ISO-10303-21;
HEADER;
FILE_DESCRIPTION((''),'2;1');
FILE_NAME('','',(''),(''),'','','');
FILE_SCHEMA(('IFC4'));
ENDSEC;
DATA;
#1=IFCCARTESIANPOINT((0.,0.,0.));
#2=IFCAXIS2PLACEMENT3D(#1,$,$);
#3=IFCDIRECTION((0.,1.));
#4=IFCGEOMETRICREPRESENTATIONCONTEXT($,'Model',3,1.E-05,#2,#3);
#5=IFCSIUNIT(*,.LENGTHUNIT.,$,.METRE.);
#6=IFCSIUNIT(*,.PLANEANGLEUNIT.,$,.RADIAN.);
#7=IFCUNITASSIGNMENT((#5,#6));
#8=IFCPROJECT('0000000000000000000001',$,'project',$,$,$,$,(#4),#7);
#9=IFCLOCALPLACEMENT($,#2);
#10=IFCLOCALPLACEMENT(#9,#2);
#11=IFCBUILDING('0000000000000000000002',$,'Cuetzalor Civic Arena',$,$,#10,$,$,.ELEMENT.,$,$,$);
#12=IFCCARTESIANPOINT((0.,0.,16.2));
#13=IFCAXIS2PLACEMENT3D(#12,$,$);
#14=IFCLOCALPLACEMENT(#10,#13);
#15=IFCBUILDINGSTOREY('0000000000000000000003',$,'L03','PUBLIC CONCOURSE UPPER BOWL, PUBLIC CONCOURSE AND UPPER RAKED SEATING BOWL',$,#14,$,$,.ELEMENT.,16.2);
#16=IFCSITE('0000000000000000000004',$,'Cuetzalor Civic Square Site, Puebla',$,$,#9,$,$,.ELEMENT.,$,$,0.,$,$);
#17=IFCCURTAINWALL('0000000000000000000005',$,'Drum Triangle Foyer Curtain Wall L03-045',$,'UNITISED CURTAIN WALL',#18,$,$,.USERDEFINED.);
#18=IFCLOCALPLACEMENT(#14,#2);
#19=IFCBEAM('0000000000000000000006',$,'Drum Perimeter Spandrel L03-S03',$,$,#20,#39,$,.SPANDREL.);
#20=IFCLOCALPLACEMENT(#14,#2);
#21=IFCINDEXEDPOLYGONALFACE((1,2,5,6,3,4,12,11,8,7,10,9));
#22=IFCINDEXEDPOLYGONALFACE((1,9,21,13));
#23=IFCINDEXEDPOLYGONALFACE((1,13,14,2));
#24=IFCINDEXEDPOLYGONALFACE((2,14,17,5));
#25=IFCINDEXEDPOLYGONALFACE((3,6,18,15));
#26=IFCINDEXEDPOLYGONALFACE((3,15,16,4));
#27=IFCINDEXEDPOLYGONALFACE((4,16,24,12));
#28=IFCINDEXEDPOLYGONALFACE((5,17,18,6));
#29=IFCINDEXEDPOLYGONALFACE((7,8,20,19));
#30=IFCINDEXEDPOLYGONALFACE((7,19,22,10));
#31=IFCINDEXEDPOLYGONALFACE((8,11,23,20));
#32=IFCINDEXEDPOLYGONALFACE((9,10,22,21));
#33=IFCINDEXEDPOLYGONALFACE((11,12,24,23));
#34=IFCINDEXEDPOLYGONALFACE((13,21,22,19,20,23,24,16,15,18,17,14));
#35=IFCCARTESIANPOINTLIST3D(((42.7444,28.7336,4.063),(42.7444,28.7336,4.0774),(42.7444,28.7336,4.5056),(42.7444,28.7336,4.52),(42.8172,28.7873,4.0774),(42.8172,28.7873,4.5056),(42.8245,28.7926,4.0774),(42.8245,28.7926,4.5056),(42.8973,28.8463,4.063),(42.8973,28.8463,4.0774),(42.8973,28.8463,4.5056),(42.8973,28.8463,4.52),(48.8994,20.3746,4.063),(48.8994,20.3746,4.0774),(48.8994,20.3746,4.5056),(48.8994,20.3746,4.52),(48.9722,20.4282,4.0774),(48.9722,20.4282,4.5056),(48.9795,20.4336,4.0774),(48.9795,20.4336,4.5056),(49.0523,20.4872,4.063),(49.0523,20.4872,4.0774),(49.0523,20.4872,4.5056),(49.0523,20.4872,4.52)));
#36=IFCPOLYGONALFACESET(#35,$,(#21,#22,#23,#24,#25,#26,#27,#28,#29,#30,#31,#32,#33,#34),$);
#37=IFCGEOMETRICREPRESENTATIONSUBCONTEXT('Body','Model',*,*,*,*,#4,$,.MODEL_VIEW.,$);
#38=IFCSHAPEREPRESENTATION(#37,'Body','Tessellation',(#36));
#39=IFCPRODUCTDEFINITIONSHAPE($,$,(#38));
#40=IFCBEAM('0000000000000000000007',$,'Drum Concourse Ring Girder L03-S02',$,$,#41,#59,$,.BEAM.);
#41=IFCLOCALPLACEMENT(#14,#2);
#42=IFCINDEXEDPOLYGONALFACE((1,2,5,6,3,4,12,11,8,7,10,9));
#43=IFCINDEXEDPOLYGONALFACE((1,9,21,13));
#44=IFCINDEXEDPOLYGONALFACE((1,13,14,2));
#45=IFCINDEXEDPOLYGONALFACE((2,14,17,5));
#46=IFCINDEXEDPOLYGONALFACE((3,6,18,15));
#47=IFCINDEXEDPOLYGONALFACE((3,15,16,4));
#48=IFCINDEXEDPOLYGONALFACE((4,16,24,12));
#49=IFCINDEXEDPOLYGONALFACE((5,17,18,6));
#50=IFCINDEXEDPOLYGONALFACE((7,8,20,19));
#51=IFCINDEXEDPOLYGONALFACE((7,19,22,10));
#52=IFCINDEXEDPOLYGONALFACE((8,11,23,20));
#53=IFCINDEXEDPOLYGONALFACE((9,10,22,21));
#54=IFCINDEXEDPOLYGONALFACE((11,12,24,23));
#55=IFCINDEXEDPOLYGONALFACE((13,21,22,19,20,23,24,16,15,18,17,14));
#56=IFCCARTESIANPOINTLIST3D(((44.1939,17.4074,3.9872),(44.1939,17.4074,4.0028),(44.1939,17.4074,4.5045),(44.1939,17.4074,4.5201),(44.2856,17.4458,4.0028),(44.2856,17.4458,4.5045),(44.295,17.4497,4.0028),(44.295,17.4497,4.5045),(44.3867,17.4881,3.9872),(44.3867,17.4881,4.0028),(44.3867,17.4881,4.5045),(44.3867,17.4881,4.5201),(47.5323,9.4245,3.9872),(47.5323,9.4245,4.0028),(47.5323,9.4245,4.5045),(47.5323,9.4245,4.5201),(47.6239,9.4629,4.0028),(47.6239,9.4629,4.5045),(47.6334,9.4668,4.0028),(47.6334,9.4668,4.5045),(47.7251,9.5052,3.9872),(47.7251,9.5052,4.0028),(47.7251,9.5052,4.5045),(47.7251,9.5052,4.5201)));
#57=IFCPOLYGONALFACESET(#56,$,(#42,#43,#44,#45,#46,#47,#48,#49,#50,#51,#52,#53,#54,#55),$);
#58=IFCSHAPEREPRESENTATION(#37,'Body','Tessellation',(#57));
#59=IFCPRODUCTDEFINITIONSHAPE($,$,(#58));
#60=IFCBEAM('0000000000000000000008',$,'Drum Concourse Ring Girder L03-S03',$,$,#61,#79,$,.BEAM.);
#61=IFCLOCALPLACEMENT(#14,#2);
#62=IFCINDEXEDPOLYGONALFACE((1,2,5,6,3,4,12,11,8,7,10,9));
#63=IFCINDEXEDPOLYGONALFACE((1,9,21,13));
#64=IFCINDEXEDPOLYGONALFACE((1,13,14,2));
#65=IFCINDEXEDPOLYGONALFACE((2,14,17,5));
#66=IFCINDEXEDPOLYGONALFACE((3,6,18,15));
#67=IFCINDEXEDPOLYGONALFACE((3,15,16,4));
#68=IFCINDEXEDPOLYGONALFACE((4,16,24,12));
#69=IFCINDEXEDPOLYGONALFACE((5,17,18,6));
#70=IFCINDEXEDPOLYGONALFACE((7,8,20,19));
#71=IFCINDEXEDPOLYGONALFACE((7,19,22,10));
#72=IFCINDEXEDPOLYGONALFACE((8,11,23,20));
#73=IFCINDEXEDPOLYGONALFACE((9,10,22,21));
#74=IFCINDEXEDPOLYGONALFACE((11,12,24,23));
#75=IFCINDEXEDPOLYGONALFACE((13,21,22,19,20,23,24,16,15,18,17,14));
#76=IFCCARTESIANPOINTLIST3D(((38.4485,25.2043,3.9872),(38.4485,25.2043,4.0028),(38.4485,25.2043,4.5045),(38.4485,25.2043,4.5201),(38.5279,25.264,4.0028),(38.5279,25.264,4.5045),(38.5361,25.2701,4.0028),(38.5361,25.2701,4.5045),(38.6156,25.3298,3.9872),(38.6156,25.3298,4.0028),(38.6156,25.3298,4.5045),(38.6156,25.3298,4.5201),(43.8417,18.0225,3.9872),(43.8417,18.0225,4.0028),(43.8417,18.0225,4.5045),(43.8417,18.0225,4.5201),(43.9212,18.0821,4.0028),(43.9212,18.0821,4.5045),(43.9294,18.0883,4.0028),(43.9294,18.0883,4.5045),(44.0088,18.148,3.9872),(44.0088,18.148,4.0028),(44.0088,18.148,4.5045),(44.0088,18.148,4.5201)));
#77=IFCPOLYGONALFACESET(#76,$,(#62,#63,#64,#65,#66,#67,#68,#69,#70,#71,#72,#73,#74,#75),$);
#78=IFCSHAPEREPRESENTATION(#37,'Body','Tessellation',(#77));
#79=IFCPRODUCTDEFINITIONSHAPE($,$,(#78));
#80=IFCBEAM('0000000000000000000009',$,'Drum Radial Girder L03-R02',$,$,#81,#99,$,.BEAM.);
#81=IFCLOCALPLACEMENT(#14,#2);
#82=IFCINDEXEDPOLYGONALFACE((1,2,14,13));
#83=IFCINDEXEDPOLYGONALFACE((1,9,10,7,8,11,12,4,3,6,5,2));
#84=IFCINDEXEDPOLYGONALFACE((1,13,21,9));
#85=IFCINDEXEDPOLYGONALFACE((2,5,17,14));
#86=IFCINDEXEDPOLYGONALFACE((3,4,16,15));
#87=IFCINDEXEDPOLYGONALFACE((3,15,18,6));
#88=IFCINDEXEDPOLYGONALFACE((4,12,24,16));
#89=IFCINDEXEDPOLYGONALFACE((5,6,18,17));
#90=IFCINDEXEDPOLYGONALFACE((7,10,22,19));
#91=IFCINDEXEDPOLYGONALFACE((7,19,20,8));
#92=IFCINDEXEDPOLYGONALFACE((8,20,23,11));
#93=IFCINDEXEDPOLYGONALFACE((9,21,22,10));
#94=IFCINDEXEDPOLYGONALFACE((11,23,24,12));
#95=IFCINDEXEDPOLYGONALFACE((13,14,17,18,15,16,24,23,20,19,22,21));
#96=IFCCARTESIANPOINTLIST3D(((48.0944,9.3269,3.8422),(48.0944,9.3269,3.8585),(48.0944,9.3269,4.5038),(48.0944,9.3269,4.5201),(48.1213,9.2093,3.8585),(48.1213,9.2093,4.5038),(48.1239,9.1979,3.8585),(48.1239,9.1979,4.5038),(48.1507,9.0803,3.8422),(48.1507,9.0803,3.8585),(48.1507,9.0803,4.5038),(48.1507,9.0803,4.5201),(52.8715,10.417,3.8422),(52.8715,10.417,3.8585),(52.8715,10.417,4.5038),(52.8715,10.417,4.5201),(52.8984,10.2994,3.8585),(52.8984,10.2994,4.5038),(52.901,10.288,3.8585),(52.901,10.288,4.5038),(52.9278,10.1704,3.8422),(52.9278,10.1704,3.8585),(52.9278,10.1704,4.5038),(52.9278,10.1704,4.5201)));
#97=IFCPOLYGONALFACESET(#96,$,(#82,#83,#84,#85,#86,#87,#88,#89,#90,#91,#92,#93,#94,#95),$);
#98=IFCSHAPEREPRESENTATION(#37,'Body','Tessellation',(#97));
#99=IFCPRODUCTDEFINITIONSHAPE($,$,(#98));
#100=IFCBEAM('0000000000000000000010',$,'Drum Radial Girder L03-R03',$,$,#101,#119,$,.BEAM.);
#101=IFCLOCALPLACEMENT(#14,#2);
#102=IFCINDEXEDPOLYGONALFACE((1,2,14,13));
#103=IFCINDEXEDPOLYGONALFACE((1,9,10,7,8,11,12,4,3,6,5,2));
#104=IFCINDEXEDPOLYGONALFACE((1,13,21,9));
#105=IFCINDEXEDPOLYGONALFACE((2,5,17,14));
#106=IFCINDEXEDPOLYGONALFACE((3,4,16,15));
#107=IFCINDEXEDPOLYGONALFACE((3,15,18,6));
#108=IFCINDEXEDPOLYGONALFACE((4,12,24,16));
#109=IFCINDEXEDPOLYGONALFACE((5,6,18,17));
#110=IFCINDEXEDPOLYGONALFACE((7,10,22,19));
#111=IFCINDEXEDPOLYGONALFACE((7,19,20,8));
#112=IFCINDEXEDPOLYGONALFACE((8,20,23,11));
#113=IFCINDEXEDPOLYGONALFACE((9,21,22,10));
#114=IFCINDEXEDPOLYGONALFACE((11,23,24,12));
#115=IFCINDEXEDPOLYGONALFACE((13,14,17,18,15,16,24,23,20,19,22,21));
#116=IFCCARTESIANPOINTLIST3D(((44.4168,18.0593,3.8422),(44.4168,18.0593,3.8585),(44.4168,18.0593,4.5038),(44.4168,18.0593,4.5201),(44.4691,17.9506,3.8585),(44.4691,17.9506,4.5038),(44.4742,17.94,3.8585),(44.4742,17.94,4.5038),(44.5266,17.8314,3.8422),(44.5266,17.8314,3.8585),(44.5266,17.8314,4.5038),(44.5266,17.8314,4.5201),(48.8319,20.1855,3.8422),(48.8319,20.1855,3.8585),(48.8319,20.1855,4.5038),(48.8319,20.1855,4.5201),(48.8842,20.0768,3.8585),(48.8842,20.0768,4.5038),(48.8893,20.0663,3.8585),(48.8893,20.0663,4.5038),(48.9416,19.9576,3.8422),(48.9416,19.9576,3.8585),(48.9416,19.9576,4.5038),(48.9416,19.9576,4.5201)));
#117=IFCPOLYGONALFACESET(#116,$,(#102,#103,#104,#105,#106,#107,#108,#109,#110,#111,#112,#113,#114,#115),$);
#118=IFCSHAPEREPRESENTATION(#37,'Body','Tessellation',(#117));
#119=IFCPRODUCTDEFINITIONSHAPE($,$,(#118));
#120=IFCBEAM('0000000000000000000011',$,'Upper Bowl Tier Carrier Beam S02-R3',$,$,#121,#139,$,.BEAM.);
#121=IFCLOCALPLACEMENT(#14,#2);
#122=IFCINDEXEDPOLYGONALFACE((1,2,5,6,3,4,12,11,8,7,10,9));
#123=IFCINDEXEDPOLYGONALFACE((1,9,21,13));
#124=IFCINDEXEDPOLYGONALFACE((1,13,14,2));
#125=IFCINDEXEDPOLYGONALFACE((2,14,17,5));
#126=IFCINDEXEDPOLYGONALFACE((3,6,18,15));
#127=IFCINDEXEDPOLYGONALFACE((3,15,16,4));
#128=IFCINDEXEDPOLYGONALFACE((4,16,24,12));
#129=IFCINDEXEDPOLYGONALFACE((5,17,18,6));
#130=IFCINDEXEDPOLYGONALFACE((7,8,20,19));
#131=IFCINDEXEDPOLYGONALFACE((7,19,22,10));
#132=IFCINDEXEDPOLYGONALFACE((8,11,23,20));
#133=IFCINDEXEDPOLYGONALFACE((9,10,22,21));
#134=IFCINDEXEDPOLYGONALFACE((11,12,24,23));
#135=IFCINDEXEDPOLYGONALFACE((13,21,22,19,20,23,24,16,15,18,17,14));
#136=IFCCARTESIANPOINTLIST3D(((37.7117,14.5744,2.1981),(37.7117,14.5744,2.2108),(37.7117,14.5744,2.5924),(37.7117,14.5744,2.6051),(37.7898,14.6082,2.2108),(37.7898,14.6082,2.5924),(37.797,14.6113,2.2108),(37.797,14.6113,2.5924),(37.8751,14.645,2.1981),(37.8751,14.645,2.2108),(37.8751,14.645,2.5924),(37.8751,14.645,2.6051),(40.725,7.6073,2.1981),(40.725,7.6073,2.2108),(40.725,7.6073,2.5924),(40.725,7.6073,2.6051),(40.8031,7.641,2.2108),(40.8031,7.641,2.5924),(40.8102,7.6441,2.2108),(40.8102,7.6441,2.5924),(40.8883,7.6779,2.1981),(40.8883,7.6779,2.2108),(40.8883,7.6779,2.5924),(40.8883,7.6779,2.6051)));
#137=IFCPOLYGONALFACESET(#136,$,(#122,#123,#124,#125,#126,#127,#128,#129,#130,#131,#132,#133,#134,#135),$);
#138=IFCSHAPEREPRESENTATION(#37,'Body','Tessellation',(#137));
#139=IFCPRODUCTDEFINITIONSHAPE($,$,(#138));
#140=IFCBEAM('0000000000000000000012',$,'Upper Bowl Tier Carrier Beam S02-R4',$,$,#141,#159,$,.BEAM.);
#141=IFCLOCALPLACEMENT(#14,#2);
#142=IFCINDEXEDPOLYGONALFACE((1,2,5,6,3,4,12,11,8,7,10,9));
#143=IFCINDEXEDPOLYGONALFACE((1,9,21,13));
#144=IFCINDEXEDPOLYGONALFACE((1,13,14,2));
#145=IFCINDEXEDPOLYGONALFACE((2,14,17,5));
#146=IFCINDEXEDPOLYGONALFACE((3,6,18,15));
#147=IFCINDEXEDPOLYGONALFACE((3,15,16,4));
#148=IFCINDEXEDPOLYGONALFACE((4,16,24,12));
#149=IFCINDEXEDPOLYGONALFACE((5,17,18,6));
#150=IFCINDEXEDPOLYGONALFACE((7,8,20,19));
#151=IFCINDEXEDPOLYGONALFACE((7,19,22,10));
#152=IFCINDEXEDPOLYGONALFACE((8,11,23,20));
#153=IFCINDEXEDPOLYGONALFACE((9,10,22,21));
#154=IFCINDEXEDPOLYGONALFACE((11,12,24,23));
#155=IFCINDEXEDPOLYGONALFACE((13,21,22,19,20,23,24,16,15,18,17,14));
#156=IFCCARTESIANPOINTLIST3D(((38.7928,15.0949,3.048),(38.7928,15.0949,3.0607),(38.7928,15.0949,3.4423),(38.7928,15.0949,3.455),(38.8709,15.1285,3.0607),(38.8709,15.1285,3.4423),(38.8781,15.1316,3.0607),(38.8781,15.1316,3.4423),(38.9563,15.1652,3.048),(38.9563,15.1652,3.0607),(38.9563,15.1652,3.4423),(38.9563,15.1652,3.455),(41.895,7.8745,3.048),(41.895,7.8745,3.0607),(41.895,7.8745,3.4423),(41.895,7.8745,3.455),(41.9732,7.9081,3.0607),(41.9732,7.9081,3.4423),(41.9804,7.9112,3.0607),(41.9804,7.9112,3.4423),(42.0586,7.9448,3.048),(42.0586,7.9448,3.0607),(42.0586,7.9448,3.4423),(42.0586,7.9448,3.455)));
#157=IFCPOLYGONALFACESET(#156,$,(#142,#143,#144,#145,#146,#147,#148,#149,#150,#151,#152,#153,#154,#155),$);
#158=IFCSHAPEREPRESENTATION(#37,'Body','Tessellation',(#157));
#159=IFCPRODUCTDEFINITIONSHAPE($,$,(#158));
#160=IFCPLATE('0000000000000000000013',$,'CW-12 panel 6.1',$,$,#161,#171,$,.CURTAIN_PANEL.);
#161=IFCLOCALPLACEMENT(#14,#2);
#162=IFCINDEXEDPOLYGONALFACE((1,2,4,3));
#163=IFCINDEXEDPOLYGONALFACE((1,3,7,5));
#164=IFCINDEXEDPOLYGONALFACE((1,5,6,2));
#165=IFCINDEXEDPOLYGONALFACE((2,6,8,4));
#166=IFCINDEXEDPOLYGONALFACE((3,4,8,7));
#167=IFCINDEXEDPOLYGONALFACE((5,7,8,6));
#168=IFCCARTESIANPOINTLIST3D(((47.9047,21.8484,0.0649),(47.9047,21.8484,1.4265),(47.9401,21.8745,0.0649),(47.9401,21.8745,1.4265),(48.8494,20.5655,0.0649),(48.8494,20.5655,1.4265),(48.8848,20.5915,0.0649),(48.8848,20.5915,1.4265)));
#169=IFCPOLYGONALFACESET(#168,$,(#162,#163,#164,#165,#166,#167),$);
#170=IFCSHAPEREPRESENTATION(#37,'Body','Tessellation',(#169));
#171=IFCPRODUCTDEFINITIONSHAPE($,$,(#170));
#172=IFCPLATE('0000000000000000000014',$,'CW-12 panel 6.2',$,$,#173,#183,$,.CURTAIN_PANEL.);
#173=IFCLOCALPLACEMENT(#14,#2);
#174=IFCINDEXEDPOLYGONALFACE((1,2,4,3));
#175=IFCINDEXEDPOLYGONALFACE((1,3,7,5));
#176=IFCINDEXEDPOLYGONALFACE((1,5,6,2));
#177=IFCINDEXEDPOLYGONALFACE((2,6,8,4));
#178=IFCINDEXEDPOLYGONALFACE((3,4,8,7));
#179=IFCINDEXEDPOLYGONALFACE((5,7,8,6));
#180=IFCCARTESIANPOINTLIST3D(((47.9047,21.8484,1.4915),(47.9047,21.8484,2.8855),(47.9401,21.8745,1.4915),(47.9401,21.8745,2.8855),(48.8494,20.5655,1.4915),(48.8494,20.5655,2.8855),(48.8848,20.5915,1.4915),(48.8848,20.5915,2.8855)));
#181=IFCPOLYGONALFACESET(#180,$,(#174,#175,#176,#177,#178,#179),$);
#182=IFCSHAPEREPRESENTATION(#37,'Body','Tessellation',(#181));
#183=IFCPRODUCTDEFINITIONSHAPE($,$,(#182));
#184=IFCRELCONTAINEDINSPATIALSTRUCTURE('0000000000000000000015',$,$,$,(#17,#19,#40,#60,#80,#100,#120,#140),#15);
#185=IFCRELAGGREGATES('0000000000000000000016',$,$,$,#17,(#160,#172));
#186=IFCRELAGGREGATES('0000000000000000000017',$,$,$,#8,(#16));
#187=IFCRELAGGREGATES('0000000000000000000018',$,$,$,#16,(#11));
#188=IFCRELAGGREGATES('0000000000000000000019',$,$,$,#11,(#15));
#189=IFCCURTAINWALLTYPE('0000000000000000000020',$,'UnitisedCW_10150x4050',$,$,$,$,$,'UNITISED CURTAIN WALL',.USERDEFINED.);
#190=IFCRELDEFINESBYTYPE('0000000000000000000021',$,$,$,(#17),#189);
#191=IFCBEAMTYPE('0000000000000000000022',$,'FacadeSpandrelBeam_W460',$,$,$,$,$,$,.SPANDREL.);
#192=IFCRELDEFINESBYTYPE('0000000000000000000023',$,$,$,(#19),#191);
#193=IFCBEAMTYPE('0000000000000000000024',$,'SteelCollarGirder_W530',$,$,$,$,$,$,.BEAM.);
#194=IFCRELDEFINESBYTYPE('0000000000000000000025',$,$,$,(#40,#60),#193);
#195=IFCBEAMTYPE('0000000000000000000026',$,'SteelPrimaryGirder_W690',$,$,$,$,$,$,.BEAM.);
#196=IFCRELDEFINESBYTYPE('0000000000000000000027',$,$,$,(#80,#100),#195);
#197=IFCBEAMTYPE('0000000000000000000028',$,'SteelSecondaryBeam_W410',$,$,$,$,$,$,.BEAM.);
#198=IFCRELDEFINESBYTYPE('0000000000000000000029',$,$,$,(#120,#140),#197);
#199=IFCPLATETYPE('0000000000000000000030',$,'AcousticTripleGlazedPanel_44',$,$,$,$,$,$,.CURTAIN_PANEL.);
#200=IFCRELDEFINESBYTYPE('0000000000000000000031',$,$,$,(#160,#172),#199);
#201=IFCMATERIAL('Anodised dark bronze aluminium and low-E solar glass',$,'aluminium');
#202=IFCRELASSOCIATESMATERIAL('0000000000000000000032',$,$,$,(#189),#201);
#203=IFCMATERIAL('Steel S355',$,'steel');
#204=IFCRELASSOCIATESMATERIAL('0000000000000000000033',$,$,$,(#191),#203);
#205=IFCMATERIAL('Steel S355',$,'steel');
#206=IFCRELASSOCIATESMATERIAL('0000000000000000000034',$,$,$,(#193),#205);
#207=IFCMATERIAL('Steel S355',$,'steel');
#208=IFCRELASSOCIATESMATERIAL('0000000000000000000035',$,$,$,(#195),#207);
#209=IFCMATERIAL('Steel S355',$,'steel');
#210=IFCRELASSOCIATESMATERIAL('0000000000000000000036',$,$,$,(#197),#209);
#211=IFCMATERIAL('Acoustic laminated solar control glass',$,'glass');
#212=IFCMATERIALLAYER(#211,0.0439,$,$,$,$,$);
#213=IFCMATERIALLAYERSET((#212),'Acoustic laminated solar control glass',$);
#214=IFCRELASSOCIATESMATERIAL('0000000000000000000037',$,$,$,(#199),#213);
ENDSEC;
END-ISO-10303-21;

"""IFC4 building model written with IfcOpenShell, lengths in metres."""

from ifc_helpers import new_model, si_unit, direction, frame, origin, origin_2d, place, context, subcontext, project, spatial, rectangle, i_section, extrude, material, layer, layer_set, material_profile, profile_set, type_object, element, aggregate, save


model = new_model("IFC4")

# Units and contexts
model_context = context("Model", 3, precision=1e-05, world=origin(), true_north=direction((0.0, 1.0)))
body_context = subcontext(model_context, "Body", "Model", "MODEL_VIEW")
ifc_project = project(units=[si_unit("LENGTHUNIT", "METRE"), si_unit("PLANEANGLEUNIT", "RADIAN")], contexts=[model_context])

# Site, building, storey
site_placement = place(None, origin())
site = spatial("IfcSite", under=ifc_project, at=site_placement, Name="Cuetzalor Civic Square Site, Puebla", CompositionType="ELEMENT", RefElevation=0.0)
building_placement = place(site_placement, origin())
building = spatial("IfcBuilding", under=site, at=building_placement, Name="Cuetzalor Civic Arena", CompositionType="ELEMENT")
storey_placement = place(building_placement, frame((0.0, 0.0, 16.2)))
storey = spatial("IfcBuildingStorey", under=building, at=storey_placement, Name="L03", Description="PUBLIC CONCOURSE UPPER BOWL, PUBLIC CONCOURSE AND UPPER RAKED SEATING BOWL", CompositionType="ELEMENT", Elevation=16.2)

# Curtain wall
ifc_material_1 = material(Name="Anodised dark bronze aluminium and low-E solar glass", Category="aluminium")
curtain_wall_type = type_object("IfcCurtainWallType", Name="UnitisedCW_10150x4050", ElementType="UNITISED CURTAIN WALL", PredefinedType="USERDEFINED", material=ifc_material_1)
curtain_wall_placement = place(storey_placement, origin())
curtain_wall = element("IfcCurtainWall", 1, at=curtain_wall_placement, inside=storey, type_object=curtain_wall_type, Name="Drum Triangle Foyer Curtain Wall L03-045", ObjectType="UNITISED CURTAIN WALL", PredefinedType="USERDEFINED")

# Beams
ifc_material_2 = material(Name="Steel S355", Category="steel")
ifc_material_profile_1 = material_profile(ifc_material_2, i_section(OverallWidth=0.1899, OverallDepth=0.457, WebThickness=0.009, FlangeThickness=0.0144, at=origin_2d()), Name="W460x74")
ifc_profile_set_1 = profile_set([ifc_material_profile_1], Name="Steel S355")
beam_type_1 = type_object("IfcBeamType", Name="FacadeSpandrelBeam_W460", PredefinedType="SPANDREL", material=ifc_profile_set_1)
beam_1_placement = place(storey_placement, frame((48.9758, 20.4309, 4.2915), z_axis=(-0.592929, 0.805255, 0.0), x_axis=(-0.805255, -0.592929, 0.0)))
element("IfcBeam", 2, at=beam_1_placement, inside=storey, type_object=beam_type_1, Name="Drum Perimeter Spandrel L03-S03", PredefinedType="SPANDREL", context=body_context, shape_type="SweptSolid", body=[
    extrude(i_section(OverallWidth=0.1899, OverallDepth=0.457, WebThickness=0.009, FlangeThickness=0.0144, at=origin_2d()), origin(), (0.0, 0.0, 1.0), 10.3806),
])
ifc_material_3 = material(Name="Steel S355", Category="steel")
ifc_material_profile_2 = material_profile(ifc_material_3, i_section(OverallWidth=0.209, OverallDepth=0.533, WebThickness=0.0103, FlangeThickness=0.0156, at=origin_2d()), Name="W530x92")
ifc_profile_set_2 = profile_set([ifc_material_profile_2], Name="Steel S355")
beam_type_2 = type_object("IfcBeamType", Name="SteelCollarGirder_W530", PredefinedType="BEAM", material=ifc_profile_set_2)
beam_2_placement = place(storey_placement, frame((47.6287, 9.4648, 4.2537), z_axis=(-0.385813, 0.922577, 0.0), x_axis=(-0.922577, -0.385813, 0.0)))
element("IfcBeam", 3, at=beam_2_placement, inside=storey, type_object=beam_type_2, Name="Drum Concourse Ring Girder L03-S02", PredefinedType="BEAM", context=body_context, shape_type="SweptSolid", body=[
    extrude(i_section(OverallWidth=0.209, OverallDepth=0.533, WebThickness=0.0103, FlangeThickness=0.0156, at=origin_2d()), origin(), (0.0, 0.0, 1.0), 8.6528),
])
beam_3_placement = place(storey_placement, frame((43.9253, 18.0852, 4.2537), z_axis=(-0.600491, 0.799631, 0.0), x_axis=(-0.799631, -0.600491, 0.0)))
element("IfcBeam", 4, at=beam_3_placement, inside=storey, type_object=beam_type_2, Name="Drum Concourse Ring Girder L03-S03", PredefinedType="BEAM", context=body_context, shape_type="SweptSolid", body=[
    extrude(i_section(OverallWidth=0.209, OverallDepth=0.533, WebThickness=0.0103, FlangeThickness=0.0156, at=origin_2d()), origin(), (0.0, 0.0, 1.0), 8.9814),
])
ifc_material_4 = material(Name="Steel S355", Category="steel")
ifc_material_profile_3 = material_profile(ifc_material_4, i_section(OverallWidth=0.2529, OverallDepth=0.678, WebThickness=0.0117, FlangeThickness=0.0164, at=origin_2d()), Name="W690x125")
ifc_profile_set_3 = profile_set([ifc_material_profile_3], Name="Steel S355")
beam_type_3 = type_object("IfcBeamType", Name="SteelPrimaryGirder_W690", PredefinedType="BEAM", material=ifc_profile_set_3)
beam_4_placement = place(storey_placement, frame((48.1226, 9.2036, 4.1812), z_axis=(0.974939, 0.222472, 0.0), x_axis=(-0.222472, 0.974939, 0.0)))
element("IfcBeam", 5, at=beam_4_placement, inside=storey, type_object=beam_type_3, Name="Drum Radial Girder L03-R02", PredefinedType="BEAM", context=body_context, shape_type="SweptSolid", body=[
    extrude(i_section(OverallWidth=0.2529, OverallDepth=0.678, WebThickness=0.0117, FlangeThickness=0.0164, at=origin_2d()), origin(), (0.0, 0.0, 1.0), 4.8999),
])
beam_5_placement = place(storey_placement, frame((44.4717, 17.9453, 4.1812), z_axis=(0.900965, 0.433892, 0.0), x_axis=(-0.433892, 0.900965, 0.0)))
element("IfcBeam", 6, at=beam_5_placement, inside=storey, type_object=beam_type_3, Name="Drum Radial Girder L03-R03", PredefinedType="BEAM", context=body_context, shape_type="SweptSolid", body=[
    extrude(i_section(OverallWidth=0.2529, OverallDepth=0.678, WebThickness=0.0117, FlangeThickness=0.0164, at=origin_2d()), origin(), (0.0, 0.0, 1.0), 4.9004),
])
ifc_material_5 = material(Name="Steel S355", Category="steel")
ifc_material_profile_4 = material_profile(ifc_material_5, i_section(OverallWidth=0.178, OverallDepth=0.407, WebThickness=0.0078, FlangeThickness=0.0127, at=origin_2d()), Name="W410x60")
ifc_profile_set_4 = profile_set([ifc_material_profile_4], Name="Steel S355")
beam_type_4 = type_object("IfcBeamType", Name="SteelSecondaryBeam_W410", PredefinedType="BEAM", material=ifc_profile_set_4)
beam_6_placement = place(storey_placement, frame((40.8066, 7.6426, 2.4016), z_axis=(-0.396957, 0.917837, 0.0), x_axis=(-0.917837, -0.396957, 0.0)))
element("IfcBeam", 7, at=beam_6_placement, inside=storey, type_object=beam_type_4, Name="Upper Bowl Tier Carrier Beam S02-R3", PredefinedType="BEAM", context=body_context, shape_type="SweptSolid", body=[
    extrude(i_section(OverallWidth=0.178, OverallDepth=0.407, WebThickness=0.0078, FlangeThickness=0.0127, at=origin_2d()), origin(), (0.0, 0.0, 1.0), 7.5908),
])
beam_7_placement = place(storey_placement, frame((41.9768, 7.9097, 3.2515), z_axis=(-0.394759, 0.918785, 0.0), x_axis=(-0.918785, -0.394759, 0.0)))
element("IfcBeam", 8, at=beam_7_placement, inside=storey, type_object=beam_type_4, Name="Upper Bowl Tier Carrier Beam S02-R4", PredefinedType="BEAM", context=body_context, shape_type="SweptSolid", body=[
    extrude(i_section(OverallWidth=0.178, OverallDepth=0.407, WebThickness=0.0078, FlangeThickness=0.0127, at=origin_2d()), origin(), (0.0, 0.0, 1.0), 7.8586),
])

# Plates
ifc_material_6 = material(Name="Acoustic laminated solar control glass", Category="glass")
ifc_layer_1 = layer(ifc_material_6, 0.0439)
ifc_layer_set_1 = layer_set([ifc_layer_1], Name="Acoustic laminated solar control glass")
plate_type = type_object("IfcPlateType", Name="AcousticTripleGlazedPanel_44", PredefinedType="CURTAIN_PANEL", material=ifc_layer_set_1)
plate_1_placement = place(storey_placement, frame((48.3948, 21.22, 0.0649), z_axis=(0.0, 0.0, 1.0), x_axis=(0.592929, -0.805255, 0.0)))
plate_1 = element("IfcPlate", 9, at=plate_1_placement, type_object=plate_type, Name="CW-12 panel 6.1", PredefinedType="CURTAIN_PANEL", context=body_context, shape_type="SweptSolid", body=[
    extrude(rectangle(XDim=1.5933, YDim=0.0439, at=origin_2d()), origin(), (0.0, 0.0, 1.0), 1.3616),
])
plate_2_placement = place(storey_placement, frame((48.3948, 21.22, 1.4915), z_axis=(0.0, 0.0, 1.0), x_axis=(0.592929, -0.805255, 0.0)))
plate_2 = element("IfcPlate", 10, at=plate_2_placement, type_object=plate_type, Name="CW-12 panel 6.2", PredefinedType="CURTAIN_PANEL", context=body_context, shape_type="SweptSolid", body=[
    extrude(rectangle(XDim=1.5933, YDim=0.0439, at=origin_2d()), origin(), (0.0, 0.0, 1.0), 1.394),
])
aggregate(curtain_wall, [plate_1, plate_2])

save(model, "model.ifc")
